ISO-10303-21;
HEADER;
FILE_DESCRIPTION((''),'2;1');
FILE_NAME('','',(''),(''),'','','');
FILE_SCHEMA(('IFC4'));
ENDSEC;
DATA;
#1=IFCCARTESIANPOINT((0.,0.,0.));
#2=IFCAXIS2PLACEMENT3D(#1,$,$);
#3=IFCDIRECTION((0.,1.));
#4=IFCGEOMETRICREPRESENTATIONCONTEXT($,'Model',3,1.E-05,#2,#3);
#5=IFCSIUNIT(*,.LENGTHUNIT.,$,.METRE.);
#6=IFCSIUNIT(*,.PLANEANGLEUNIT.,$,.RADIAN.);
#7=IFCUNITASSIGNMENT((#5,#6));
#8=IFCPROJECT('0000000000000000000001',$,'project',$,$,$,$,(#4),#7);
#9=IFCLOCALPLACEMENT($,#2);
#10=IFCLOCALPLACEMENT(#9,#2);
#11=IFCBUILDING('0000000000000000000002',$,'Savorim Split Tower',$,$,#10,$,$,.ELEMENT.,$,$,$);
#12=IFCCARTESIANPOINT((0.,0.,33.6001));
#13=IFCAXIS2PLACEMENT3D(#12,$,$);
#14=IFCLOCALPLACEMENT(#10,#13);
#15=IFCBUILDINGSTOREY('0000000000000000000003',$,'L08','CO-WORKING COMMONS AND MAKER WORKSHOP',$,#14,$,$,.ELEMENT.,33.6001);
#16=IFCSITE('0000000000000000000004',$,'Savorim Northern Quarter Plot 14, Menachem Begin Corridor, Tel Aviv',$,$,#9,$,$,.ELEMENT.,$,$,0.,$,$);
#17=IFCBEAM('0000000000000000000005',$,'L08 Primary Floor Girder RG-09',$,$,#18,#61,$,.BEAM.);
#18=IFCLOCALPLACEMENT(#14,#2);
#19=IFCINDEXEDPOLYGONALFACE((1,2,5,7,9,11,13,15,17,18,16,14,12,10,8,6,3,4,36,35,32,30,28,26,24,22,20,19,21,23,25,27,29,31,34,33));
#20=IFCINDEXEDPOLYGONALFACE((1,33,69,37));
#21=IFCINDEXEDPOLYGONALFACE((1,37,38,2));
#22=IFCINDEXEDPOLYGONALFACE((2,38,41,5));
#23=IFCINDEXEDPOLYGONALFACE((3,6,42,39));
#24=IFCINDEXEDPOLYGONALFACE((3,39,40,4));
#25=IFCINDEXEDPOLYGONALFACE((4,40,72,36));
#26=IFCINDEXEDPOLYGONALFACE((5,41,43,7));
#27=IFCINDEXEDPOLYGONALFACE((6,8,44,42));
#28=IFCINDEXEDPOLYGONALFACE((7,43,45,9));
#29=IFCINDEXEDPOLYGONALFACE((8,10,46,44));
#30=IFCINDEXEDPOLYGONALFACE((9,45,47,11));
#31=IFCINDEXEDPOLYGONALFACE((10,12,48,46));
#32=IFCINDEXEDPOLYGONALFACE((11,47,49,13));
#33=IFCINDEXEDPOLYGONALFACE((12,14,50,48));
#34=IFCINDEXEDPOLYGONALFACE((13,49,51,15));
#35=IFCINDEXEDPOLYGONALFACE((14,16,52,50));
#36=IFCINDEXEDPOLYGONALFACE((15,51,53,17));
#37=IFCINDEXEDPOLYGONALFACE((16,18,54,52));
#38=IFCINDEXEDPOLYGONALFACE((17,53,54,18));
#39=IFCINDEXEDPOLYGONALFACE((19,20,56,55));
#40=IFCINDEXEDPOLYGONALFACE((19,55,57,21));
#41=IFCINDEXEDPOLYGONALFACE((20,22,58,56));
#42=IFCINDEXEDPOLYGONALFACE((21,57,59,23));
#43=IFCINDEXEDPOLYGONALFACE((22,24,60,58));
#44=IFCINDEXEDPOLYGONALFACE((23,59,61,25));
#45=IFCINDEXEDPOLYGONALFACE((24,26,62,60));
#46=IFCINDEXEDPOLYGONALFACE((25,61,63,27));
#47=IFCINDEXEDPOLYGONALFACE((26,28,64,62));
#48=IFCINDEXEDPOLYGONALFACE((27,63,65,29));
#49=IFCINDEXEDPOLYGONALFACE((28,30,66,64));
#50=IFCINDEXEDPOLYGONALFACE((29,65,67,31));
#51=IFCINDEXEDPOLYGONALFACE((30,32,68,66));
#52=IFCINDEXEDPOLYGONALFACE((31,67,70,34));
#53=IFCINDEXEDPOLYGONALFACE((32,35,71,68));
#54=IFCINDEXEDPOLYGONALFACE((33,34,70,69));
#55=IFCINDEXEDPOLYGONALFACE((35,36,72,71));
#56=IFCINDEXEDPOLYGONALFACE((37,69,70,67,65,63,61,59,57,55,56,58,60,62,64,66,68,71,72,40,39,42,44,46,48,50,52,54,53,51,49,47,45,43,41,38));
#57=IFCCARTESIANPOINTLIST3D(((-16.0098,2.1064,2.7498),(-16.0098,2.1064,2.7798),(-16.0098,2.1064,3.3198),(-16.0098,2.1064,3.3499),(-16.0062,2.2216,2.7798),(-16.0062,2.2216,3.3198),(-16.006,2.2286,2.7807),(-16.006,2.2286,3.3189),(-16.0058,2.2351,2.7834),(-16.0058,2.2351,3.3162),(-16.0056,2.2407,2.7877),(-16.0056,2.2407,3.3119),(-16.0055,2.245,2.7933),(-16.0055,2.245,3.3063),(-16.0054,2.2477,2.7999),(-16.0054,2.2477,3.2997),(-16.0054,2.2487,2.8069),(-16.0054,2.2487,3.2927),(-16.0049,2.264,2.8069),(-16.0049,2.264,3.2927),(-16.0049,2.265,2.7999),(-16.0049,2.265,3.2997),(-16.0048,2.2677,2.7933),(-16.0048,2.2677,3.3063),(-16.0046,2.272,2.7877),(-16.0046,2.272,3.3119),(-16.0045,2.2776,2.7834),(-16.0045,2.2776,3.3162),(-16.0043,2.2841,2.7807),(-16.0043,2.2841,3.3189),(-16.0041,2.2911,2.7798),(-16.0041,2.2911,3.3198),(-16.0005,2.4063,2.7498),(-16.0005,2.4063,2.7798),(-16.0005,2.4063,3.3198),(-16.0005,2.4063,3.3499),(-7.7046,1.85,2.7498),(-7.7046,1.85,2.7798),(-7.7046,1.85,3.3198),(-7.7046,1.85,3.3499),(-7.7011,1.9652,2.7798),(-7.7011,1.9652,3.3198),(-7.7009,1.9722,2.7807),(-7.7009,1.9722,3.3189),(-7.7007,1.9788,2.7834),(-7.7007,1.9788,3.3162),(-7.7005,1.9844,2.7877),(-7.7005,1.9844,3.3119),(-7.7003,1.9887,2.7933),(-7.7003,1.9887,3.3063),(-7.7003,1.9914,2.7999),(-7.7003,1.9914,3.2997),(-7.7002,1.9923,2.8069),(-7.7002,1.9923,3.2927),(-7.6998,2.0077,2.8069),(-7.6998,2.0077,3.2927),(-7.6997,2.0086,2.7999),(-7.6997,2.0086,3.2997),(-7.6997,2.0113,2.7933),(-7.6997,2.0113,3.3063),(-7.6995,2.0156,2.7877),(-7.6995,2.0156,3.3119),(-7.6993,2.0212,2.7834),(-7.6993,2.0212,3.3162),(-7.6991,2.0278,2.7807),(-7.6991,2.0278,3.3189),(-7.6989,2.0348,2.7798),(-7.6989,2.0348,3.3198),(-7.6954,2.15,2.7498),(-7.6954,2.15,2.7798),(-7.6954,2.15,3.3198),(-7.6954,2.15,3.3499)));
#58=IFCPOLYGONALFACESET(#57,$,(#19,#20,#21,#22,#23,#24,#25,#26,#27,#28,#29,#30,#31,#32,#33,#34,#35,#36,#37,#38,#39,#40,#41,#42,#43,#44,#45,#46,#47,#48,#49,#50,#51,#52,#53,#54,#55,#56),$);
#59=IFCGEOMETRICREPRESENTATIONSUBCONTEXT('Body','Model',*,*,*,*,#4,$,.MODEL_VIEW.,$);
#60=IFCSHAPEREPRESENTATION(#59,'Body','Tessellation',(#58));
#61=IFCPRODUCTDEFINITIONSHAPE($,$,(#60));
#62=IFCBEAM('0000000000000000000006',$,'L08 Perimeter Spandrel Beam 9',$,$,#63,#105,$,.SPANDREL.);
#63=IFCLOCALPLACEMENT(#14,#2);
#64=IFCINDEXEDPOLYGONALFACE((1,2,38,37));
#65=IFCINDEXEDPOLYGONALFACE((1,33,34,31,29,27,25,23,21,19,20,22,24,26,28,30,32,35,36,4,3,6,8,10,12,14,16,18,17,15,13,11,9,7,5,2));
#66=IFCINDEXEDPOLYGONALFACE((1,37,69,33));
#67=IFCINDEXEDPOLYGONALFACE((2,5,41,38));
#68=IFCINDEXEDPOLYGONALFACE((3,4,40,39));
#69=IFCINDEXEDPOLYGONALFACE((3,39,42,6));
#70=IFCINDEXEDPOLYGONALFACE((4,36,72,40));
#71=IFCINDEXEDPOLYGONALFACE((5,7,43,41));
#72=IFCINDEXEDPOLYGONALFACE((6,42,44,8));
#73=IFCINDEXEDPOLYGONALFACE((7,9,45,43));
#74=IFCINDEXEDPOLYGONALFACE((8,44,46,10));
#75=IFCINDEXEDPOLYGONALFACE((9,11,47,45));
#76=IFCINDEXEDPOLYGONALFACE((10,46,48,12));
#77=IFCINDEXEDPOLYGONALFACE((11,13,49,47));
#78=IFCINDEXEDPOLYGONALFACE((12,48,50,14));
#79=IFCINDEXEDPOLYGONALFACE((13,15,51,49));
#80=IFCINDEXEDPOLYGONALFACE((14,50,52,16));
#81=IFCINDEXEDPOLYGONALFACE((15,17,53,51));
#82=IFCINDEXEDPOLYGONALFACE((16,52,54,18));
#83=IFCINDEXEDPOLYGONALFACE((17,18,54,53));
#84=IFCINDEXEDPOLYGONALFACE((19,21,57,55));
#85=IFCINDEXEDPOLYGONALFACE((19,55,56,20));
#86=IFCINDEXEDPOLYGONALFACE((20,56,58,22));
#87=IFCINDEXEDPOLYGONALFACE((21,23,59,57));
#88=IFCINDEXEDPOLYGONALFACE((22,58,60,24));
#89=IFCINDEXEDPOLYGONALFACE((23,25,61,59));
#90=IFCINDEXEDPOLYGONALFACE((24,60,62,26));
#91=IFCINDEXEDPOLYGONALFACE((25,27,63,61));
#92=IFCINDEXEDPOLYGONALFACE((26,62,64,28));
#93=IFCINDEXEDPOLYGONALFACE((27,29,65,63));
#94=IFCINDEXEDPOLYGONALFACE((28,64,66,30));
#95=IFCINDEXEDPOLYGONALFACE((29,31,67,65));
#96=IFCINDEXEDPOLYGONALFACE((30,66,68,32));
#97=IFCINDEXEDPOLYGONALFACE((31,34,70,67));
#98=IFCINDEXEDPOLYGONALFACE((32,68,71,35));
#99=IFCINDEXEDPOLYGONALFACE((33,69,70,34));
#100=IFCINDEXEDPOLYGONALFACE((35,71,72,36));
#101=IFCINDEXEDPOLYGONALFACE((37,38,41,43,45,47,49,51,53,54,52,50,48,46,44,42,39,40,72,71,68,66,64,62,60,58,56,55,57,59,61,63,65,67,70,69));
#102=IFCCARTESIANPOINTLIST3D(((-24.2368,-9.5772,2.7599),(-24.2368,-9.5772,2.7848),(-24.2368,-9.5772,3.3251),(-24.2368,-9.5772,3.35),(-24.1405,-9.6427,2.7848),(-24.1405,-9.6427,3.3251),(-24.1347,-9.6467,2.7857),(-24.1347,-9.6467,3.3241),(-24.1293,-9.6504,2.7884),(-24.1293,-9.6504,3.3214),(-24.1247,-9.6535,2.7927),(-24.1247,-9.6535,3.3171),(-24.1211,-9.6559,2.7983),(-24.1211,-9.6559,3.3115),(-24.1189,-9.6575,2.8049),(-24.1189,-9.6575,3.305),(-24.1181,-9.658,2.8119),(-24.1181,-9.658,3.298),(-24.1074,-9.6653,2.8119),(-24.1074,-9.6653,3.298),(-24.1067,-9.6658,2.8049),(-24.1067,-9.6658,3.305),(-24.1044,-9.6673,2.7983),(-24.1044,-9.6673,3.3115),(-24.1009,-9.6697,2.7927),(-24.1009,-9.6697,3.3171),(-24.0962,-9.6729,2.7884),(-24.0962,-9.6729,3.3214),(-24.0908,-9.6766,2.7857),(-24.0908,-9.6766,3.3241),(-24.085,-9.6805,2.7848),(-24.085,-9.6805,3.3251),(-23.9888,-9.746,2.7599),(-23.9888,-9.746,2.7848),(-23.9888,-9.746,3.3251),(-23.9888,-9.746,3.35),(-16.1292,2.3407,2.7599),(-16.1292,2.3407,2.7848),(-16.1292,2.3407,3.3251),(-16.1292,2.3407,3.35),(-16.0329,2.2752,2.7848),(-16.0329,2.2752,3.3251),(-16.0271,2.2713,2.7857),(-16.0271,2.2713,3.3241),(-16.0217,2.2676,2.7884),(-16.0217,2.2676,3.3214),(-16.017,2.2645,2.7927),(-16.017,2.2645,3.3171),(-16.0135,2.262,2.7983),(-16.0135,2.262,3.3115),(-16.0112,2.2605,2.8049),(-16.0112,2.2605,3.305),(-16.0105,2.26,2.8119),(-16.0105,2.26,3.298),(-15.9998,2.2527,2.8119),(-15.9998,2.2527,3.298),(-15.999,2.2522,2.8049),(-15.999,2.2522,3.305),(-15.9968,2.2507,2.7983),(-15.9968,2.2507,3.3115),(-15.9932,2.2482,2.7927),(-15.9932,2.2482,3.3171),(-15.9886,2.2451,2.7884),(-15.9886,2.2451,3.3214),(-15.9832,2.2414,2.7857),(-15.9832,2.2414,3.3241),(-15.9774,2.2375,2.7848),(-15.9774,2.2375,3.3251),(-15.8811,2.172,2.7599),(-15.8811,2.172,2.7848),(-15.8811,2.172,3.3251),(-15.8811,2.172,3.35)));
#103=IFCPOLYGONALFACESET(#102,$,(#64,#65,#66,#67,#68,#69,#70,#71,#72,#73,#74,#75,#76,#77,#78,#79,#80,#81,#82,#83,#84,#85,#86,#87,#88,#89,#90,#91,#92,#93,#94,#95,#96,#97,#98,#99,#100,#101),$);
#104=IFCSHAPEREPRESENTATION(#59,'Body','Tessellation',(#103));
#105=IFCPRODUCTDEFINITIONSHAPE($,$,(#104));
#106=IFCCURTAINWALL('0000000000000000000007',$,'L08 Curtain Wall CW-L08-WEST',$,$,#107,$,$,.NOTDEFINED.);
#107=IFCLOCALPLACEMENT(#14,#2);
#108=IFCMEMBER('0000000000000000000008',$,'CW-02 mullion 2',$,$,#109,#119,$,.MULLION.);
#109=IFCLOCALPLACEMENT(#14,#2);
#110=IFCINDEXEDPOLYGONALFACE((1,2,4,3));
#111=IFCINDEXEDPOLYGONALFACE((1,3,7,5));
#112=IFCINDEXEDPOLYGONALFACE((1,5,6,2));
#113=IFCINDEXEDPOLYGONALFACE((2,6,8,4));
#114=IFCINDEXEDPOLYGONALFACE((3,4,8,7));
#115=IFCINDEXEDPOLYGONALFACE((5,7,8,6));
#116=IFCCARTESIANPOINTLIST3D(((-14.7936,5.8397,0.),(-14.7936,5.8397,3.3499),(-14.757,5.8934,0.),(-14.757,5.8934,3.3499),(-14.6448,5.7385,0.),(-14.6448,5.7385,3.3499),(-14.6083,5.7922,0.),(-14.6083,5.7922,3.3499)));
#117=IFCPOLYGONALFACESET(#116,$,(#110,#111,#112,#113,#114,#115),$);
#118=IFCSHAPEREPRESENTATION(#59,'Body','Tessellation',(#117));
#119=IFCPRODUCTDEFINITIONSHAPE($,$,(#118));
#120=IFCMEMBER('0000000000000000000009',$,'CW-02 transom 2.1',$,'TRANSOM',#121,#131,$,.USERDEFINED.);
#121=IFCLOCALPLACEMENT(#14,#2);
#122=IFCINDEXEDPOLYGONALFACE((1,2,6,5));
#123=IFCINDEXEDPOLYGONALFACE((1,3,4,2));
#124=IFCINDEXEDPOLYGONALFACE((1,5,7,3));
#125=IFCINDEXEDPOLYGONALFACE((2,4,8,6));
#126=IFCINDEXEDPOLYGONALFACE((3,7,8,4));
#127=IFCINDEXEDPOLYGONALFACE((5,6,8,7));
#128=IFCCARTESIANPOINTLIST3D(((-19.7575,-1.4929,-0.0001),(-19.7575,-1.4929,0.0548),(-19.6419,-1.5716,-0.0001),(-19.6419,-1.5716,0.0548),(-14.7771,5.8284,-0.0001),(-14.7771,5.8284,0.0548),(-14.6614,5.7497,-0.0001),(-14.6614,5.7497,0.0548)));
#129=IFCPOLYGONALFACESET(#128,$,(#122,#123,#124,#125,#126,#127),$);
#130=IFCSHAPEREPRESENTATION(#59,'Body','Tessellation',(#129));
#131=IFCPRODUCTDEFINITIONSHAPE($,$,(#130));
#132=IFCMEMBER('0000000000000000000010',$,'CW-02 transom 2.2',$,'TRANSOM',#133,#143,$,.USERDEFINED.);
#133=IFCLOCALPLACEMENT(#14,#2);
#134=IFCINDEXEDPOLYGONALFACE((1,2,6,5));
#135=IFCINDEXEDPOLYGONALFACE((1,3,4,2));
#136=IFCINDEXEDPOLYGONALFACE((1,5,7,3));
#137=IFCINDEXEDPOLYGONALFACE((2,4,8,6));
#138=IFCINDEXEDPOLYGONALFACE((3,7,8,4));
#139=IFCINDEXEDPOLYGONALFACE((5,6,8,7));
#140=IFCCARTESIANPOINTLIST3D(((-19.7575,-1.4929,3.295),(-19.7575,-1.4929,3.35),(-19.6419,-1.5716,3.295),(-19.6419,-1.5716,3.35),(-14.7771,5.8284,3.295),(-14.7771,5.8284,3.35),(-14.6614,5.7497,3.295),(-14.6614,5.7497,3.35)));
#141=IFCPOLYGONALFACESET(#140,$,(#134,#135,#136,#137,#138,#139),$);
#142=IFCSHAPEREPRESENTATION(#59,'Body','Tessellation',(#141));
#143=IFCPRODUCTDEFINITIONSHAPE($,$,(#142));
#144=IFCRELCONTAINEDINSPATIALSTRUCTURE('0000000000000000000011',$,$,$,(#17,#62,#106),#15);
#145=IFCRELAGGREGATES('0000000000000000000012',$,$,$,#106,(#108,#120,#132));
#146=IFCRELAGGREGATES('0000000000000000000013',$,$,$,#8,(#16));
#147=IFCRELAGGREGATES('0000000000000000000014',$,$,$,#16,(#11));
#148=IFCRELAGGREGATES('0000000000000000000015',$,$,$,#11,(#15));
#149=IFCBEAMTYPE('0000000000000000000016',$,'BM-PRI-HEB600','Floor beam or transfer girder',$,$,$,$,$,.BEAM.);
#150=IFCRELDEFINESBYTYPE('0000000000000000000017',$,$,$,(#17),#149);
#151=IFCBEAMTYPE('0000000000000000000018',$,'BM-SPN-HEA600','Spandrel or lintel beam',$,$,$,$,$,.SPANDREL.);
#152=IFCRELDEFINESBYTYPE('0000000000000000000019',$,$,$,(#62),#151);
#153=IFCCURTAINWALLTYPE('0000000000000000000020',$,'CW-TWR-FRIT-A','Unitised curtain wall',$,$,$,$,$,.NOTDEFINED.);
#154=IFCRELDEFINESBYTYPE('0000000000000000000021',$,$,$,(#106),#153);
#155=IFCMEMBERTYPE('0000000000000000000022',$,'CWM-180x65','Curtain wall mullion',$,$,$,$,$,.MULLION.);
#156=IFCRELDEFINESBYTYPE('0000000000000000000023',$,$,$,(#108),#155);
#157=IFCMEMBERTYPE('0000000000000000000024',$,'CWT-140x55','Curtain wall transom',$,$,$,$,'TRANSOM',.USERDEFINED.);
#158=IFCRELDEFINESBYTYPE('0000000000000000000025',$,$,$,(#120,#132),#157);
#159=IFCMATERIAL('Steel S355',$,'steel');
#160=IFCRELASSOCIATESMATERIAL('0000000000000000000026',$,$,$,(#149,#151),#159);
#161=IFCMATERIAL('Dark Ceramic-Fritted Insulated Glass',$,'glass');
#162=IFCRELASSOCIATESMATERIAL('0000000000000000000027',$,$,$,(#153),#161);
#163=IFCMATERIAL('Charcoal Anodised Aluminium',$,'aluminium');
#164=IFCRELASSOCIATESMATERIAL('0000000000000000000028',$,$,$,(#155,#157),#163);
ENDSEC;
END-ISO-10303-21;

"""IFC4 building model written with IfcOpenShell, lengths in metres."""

from ifc_helpers import new_model, si_unit, direction, frame, origin, origin_2d, place, context, subcontext, project, spatial, rectangle, i_section, extrude, material, material_profile, profile_set, type_object, element, aggregate, save


model = new_model("IFC4")

# Units and contexts
model_context = context("Model", 3, precision=1e-05, world=origin(), true_north=direction((0.0, 1.0)))
body_context = subcontext(model_context, "Body", "Model", "MODEL_VIEW")
ifc_project = project(units=[si_unit("LENGTHUNIT", "METRE"), si_unit("PLANEANGLEUNIT", "RADIAN")], contexts=[model_context])

# Site, building, storey
site_placement = place(None, origin())
site = spatial("IfcSite", under=ifc_project, at=site_placement, Name="Savorim Northern Quarter Plot 14, Menachem Begin Corridor, Tel Aviv", CompositionType="ELEMENT", RefElevation=0.0)
building_placement = place(site_placement, origin())
building = spatial("IfcBuilding", under=site, at=building_placement, Name="Savorim Split Tower", CompositionType="ELEMENT")
storey_placement = place(building_placement, frame((0.0, 0.0, 33.6001)))
storey = spatial("IfcBuildingStorey", under=building, at=storey_placement, Name="L08", Description="CO-WORKING COMMONS AND MAKER WORKSHOP", CompositionType="ELEMENT", Elevation=33.6001)

# Beams
ifc_material_1 = material(Name="Steel S355", Category="steel")
ifc_material_profile_1 = material_profile(ifc_material_1, i_section(OverallWidth=0.3, OverallDepth=0.6001, WebThickness=0.0154, FlangeThickness=0.03, FilletRadius=0.0271, at=origin_2d()), Name="HEB 600")
ifc_profile_set_1 = profile_set([ifc_material_profile_1], Name="Steel S355")
beam_type_1 = type_object("IfcBeamType", Name="BM-PRI-HEB600", Description="Floor beam or transfer girder", PredefinedType="BEAM", material=ifc_profile_set_1)
beam_1_placement = place(storey_placement, frame((-16.0051, 2.2563, 3.0498), z_axis=(0.999524, -0.030851, 0.0), x_axis=(0.030851, 0.999524, 0.0)))
element("IfcBeam", 1, at=beam_1_placement, inside=storey, type_object=beam_type_1, Name="L08 Primary Floor Girder RG-09", PredefinedType="BEAM", context=body_context, shape_type="SweptSolid", body=[
    extrude(i_section(OverallWidth=0.3, OverallDepth=0.6001, WebThickness=0.0154, FlangeThickness=0.03, FilletRadius=0.0271, at=origin_2d()), origin(), (0.0, 0.0, 1.0), 8.3091),
])
ifc_material_profile_2 = material_profile(ifc_material_1, i_section(OverallWidth=0.3, OverallDepth=0.5901, WebThickness=0.0129, FlangeThickness=0.0249, FilletRadius=0.0271, at=origin_2d()), Name="HEA 600")
ifc_profile_set_2 = profile_set([ifc_material_profile_2], Name="Steel S355")
beam_type_2 = type_object("IfcBeamType", Name="BM-SPN-HEA600", Description="Spandrel or lintel beam", PredefinedType="SPANDREL", material=ifc_profile_set_2)
beam_2_placement = place(storey_placement, frame((-16.0051, 2.2563, 3.0549), z_axis=(-0.562474, -0.826815, 0.0), x_axis=(0.826815, -0.562474, 0.0)))
element("IfcBeam", 2, at=beam_2_placement, inside=storey, type_object=beam_type_2, Name="L08 Perimeter Spandrel Beam 9", PredefinedType="SPANDREL", context=body_context, shape_type="SweptSolid", body=[
    extrude(i_section(OverallWidth=0.3, OverallDepth=0.5901, WebThickness=0.0129, FlangeThickness=0.0249, FilletRadius=0.0271, at=origin_2d()), origin(), (0.0, 0.0, 1.0), 14.4143),
])

# Curtain wall, members
ifc_material_2 = material(Name="Dark Ceramic-Fritted Insulated Glass", Category="glass")
curtain_wall_type = type_object("IfcCurtainWallType", Name="CW-TWR-FRIT-A", Description="Unitised curtain wall", PredefinedType="NOTDEFINED", material=ifc_material_2)
curtain_wall_placement = place(storey_placement, origin())
curtain_wall = element("IfcCurtainWall", 3, at=curtain_wall_placement, inside=storey, type_object=curtain_wall_type, Name="L08 Curtain Wall CW-L08-WEST", PredefinedType="NOTDEFINED")
ifc_material_3 = material(Name="Charcoal Anodised Aluminium", Category="aluminium")
ifc_material_profile_3 = material_profile(ifc_material_3, rectangle(XDim=0.1799, YDim=0.0649, at=origin_2d()), Name="ALU-M 180x65")
ifc_profile_set_3 = profile_set([ifc_material_profile_3], Name="Charcoal Anodised Aluminium")
member_type_1 = type_object("IfcMemberType", Name="CWM-180x65", Description="Curtain wall mullion", PredefinedType="MULLION", material=ifc_profile_set_3)
member_1_placement = place(storey_placement, frame((-14.7009, 5.8159, 0.0), z_axis=(0.0, 0.0, 1.0), x_axis=(0.826821, -0.562465, 0.0)))
member_1 = element("IfcMember", 4, at=member_1_placement, type_object=member_type_1, Name="CW-02 mullion 2", PredefinedType="MULLION", context=body_context, shape_type="SweptSolid", body=[
    extrude(rectangle(XDim=0.1799, YDim=0.0649, at=origin_2d()), origin(), (0.0, 0.0, 1.0), 3.3499),
])
ifc_material_profile_4 = material_profile(ifc_material_3, rectangle(XDim=0.1399, YDim=0.0549, at=origin_2d()), Name="ALU-T 140x55")
ifc_profile_set_4 = profile_set([ifc_material_profile_4], Name="Charcoal Anodised Aluminium")
member_type_2 = type_object("IfcMemberType", Name="CWT-140x55", Description="Curtain wall transom", ElementType="TRANSOM", PredefinedType="USERDEFINED", material=ifc_profile_set_4)
member_2_placement = place(storey_placement, frame((-14.7192, 5.7891, 0.0273), z_axis=(-0.562464, -0.826822, 0.0), x_axis=(0.826822, -0.562464, 0.0)))
member_2 = element("IfcMember", 5, at=member_2_placement, type_object=member_type_2, Name="CW-02 transom 2.1", ObjectType="TRANSOM", PredefinedType="USERDEFINED", context=body_context, shape_type="SweptSolid", body=[
    extrude(rectangle(XDim=0.1399, YDim=0.0549, at=origin_2d()), origin(), (0.0, 0.0, 1.0), 8.8547),
])
member_3_placement = place(storey_placement, frame((-14.7192, 5.7891, 3.3225), z_axis=(-0.562464, -0.826822, 0.0), x_axis=(0.826822, -0.562464, 0.0)))
member_3 = element("IfcMember", 6, at=member_3_placement, type_object=member_type_2, Name="CW-02 transom 2.2", ObjectType="TRANSOM", PredefinedType="USERDEFINED", context=body_context, shape_type="SweptSolid", body=[
    extrude(rectangle(XDim=0.1399, YDim=0.0549, at=origin_2d()), origin(), (0.0, 0.0, 1.0), 8.8547),
])
aggregate(curtain_wall, [member_1, member_2, member_3])

save(model, "model.ifc")
